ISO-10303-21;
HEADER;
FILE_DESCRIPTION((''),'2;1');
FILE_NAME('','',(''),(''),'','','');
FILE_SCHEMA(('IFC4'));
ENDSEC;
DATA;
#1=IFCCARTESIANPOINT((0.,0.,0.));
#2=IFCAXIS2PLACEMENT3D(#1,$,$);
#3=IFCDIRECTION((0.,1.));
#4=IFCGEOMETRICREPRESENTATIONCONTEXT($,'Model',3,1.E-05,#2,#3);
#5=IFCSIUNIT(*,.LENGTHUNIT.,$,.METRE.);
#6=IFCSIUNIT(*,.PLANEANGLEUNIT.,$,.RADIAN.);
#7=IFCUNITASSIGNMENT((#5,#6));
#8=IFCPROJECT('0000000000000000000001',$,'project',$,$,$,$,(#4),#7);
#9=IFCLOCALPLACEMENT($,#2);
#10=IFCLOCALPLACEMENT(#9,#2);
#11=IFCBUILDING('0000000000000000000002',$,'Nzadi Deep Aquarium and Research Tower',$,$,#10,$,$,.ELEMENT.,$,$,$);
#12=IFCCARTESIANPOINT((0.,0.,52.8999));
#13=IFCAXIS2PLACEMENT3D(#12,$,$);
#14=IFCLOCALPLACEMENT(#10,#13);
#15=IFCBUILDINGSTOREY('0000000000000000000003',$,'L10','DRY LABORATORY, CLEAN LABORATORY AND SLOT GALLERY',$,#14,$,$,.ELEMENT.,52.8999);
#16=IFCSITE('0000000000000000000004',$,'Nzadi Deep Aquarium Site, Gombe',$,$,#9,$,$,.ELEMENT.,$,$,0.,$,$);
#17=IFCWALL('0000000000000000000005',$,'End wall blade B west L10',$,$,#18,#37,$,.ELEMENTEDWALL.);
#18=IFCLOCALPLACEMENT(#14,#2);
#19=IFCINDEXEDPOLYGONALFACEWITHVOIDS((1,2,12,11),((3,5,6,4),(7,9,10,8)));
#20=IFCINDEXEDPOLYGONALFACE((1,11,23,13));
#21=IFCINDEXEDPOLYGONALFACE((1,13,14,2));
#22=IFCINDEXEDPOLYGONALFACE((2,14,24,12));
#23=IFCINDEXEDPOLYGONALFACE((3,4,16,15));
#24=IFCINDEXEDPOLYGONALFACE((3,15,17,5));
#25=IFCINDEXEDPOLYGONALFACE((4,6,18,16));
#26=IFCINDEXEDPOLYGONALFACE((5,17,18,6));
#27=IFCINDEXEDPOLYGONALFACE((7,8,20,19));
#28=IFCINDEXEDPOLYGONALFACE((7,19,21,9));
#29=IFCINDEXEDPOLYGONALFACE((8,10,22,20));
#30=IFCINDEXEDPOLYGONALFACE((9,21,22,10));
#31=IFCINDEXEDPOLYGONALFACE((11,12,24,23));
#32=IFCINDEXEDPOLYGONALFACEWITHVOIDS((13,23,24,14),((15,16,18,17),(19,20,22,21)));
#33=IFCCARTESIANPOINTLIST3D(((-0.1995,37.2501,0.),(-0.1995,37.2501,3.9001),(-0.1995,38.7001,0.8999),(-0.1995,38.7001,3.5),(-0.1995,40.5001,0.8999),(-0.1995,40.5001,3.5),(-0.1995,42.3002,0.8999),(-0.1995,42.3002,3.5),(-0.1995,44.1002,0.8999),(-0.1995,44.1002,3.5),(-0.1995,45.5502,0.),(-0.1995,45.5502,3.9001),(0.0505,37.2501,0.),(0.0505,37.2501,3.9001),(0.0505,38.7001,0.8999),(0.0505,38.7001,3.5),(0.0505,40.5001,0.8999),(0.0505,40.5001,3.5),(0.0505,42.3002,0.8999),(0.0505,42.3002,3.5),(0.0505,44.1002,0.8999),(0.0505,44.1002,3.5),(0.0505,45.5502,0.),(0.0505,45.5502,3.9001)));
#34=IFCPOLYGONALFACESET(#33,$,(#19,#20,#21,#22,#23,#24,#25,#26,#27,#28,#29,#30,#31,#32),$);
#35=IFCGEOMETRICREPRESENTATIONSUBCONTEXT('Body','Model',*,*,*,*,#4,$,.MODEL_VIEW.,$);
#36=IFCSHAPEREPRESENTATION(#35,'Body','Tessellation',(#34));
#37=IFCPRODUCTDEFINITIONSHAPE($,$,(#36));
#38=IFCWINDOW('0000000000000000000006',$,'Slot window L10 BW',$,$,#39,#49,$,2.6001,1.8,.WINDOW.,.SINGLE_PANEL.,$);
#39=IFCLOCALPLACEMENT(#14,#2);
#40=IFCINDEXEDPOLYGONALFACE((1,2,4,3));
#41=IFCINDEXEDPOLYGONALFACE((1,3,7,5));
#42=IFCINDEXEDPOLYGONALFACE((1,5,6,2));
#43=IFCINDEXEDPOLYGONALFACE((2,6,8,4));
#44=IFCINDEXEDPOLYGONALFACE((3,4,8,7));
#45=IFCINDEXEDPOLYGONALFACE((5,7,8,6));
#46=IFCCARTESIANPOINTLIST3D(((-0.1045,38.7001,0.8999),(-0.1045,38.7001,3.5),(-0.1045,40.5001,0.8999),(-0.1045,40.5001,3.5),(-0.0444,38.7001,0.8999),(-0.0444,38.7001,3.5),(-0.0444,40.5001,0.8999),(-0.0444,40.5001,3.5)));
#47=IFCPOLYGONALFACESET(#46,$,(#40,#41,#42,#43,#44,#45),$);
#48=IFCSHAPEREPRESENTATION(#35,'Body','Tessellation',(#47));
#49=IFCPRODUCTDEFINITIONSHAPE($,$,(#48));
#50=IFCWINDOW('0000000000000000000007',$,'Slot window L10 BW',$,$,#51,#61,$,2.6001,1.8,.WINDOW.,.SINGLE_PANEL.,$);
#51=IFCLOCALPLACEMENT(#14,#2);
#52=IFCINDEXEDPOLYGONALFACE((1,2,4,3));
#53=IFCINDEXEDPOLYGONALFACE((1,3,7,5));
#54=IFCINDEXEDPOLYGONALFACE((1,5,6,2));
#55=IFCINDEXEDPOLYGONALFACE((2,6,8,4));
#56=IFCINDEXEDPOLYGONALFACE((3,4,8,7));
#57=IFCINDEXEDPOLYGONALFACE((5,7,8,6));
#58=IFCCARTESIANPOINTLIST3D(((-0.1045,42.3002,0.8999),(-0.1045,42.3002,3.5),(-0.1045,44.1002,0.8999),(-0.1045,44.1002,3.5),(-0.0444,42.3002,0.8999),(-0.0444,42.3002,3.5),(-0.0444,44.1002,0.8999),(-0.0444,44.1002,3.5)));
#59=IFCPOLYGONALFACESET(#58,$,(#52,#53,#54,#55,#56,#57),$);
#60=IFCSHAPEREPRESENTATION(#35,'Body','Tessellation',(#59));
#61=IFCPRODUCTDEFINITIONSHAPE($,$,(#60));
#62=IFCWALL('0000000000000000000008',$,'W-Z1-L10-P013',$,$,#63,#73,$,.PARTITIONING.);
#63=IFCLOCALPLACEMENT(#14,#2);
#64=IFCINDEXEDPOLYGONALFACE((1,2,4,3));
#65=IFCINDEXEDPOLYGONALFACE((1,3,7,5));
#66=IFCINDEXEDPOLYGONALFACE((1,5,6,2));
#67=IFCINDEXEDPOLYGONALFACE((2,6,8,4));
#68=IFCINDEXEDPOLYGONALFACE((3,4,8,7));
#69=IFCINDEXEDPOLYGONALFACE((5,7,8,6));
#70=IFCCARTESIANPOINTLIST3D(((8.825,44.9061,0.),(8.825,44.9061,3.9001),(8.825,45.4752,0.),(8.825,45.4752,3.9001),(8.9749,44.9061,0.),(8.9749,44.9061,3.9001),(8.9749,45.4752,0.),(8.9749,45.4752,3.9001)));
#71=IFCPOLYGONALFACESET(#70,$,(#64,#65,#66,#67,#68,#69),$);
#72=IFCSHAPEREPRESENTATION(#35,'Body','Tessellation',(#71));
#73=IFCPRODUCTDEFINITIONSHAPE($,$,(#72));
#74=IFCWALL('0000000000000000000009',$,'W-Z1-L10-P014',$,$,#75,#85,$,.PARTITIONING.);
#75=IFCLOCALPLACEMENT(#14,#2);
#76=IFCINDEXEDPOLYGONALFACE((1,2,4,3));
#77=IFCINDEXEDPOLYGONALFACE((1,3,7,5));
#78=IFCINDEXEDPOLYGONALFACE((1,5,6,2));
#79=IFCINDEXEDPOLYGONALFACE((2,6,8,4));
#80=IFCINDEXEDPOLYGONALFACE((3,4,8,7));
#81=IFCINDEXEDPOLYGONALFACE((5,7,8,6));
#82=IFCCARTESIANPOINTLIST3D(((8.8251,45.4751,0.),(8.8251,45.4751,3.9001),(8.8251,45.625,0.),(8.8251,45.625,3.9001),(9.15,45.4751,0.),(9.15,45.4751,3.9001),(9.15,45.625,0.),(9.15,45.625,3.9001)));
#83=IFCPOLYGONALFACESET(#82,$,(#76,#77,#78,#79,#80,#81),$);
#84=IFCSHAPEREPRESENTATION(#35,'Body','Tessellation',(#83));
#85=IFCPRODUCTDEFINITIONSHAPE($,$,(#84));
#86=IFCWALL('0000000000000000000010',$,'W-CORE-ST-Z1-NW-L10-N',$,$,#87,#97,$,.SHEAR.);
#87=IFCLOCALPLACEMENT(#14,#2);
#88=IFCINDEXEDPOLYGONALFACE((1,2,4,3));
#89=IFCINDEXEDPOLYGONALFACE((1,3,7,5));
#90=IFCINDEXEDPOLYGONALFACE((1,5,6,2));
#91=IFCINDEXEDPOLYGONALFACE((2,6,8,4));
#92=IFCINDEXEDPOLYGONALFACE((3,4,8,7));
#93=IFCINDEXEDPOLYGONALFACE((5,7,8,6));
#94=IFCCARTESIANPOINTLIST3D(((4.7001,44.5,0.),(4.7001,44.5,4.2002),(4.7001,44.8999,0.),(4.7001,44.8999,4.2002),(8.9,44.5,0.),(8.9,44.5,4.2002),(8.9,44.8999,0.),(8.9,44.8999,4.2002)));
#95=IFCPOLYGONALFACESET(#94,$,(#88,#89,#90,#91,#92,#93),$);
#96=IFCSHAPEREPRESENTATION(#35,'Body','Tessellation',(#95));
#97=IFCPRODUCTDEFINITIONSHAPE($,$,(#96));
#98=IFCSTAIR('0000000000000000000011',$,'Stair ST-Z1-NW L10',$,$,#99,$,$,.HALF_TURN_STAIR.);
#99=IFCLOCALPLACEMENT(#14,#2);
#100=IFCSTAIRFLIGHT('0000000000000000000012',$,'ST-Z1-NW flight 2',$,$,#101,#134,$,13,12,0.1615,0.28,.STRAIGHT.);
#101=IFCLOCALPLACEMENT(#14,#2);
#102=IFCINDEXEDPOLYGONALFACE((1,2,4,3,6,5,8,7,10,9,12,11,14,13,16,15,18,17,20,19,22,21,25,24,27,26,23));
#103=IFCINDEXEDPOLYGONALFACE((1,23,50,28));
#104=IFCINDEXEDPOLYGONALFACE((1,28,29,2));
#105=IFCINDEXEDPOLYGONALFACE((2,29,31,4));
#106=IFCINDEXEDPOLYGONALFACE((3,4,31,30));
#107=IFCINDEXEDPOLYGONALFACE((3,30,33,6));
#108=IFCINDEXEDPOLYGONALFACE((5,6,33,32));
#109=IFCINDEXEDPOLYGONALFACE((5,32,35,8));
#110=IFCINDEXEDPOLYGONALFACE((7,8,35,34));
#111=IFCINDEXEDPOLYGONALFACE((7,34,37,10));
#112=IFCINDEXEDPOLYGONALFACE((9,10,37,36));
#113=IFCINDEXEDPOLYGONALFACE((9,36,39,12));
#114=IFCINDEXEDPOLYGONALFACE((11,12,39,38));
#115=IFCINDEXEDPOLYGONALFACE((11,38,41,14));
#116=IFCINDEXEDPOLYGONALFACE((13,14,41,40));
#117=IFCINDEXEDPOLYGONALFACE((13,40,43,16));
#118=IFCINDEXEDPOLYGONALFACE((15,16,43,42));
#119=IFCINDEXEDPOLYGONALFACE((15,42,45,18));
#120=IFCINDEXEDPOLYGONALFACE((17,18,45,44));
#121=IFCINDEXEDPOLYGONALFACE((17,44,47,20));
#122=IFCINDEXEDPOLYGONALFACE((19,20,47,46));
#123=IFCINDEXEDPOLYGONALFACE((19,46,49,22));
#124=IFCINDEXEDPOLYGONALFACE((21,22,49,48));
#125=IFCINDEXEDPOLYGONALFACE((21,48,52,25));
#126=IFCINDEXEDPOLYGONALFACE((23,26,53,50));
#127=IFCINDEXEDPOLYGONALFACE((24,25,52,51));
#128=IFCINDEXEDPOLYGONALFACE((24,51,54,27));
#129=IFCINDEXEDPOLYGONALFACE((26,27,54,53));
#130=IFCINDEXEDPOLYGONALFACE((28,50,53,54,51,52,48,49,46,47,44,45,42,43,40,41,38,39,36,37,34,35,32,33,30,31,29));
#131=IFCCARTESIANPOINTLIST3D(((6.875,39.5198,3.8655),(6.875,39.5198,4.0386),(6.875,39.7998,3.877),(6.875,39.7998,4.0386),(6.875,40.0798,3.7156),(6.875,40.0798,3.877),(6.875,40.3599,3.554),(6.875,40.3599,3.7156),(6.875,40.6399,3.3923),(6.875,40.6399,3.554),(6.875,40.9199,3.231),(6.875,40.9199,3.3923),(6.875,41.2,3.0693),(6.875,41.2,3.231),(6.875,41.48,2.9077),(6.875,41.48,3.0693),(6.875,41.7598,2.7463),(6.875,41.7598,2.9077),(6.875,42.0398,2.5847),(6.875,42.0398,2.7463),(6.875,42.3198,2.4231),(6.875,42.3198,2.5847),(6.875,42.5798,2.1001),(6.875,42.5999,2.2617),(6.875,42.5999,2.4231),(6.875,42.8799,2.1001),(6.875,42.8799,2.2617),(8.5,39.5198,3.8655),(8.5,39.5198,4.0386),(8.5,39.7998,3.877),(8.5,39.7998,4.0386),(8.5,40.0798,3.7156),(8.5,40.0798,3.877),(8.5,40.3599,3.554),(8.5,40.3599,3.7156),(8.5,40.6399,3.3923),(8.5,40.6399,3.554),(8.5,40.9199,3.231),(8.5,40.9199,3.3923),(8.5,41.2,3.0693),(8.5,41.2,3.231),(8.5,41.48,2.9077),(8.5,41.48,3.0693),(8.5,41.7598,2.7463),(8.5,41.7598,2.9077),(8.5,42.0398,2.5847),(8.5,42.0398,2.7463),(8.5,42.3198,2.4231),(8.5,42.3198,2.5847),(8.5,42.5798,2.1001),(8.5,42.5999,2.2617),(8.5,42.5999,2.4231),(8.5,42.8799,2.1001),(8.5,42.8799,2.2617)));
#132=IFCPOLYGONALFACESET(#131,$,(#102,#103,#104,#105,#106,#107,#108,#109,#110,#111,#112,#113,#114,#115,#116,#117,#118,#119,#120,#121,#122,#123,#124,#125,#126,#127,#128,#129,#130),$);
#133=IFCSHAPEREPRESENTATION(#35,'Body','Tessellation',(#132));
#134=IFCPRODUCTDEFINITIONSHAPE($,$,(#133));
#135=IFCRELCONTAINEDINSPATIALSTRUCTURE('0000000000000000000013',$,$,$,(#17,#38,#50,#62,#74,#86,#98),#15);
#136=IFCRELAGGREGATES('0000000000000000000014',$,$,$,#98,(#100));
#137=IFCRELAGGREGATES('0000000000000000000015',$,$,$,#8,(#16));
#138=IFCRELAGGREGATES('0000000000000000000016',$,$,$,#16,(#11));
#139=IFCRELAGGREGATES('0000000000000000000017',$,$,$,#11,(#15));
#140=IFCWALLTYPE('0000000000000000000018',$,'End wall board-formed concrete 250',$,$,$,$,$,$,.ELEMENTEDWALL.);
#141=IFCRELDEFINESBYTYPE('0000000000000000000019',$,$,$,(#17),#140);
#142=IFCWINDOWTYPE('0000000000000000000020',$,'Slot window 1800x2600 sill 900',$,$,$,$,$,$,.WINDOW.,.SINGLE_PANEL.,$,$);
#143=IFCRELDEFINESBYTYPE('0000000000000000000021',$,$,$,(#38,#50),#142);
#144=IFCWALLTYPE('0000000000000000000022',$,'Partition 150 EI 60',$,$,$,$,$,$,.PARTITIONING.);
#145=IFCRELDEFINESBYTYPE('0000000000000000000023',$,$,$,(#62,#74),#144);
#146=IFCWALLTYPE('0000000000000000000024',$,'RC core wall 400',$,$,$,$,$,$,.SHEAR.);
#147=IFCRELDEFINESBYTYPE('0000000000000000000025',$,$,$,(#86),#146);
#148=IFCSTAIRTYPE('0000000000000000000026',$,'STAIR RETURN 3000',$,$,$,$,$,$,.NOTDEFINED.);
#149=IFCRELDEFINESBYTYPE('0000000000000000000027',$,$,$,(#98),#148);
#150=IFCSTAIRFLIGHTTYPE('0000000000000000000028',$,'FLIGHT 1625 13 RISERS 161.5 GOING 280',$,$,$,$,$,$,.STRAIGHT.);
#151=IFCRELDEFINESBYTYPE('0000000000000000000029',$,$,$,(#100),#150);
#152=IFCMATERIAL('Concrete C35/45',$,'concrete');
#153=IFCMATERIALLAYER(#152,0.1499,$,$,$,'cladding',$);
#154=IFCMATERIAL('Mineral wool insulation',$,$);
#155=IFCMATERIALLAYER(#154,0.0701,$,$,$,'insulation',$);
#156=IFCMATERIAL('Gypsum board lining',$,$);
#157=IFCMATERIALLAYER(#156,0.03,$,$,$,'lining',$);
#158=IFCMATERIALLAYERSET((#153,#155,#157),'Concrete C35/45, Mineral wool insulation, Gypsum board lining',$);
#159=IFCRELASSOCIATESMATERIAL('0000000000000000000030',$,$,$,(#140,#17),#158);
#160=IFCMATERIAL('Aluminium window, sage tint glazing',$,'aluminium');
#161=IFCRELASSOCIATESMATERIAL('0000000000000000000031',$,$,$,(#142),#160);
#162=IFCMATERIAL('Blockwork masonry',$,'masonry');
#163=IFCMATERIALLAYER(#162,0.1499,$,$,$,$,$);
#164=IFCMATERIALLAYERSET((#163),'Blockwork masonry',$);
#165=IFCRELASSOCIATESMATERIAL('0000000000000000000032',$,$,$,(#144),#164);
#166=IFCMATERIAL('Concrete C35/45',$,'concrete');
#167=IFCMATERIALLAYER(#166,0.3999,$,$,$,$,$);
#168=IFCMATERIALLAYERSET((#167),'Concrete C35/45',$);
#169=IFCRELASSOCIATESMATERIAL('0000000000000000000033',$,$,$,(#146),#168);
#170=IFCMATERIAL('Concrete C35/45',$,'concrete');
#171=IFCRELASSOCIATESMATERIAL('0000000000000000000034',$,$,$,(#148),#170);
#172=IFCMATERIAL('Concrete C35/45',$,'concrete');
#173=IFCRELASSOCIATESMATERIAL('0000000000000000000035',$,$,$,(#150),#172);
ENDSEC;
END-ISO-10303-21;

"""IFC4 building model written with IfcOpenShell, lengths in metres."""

from ifc_helpers import new_model, si_unit, direction, frame, frame_2d, origin, place, context, subcontext, project, spatial, polyline, rectangle, outline, extrude, material, layer, layer_set, layer_usage, type_object, element, fill, aggregate, save


model = new_model("IFC4")

# Units and contexts
model_context = context("Model", 3, precision=1e-05, world=origin(), true_north=direction((0.0, 1.0)))
body_context = subcontext(model_context, "Body", "Model", "MODEL_VIEW")
ifc_project = project(units=[si_unit("LENGTHUNIT", "METRE"), si_unit("PLANEANGLEUNIT", "RADIAN")], contexts=[model_context])

# Site, building, storey
site_placement = place(None, origin())
site = spatial("IfcSite", under=ifc_project, at=site_placement, Name="Nzadi Deep Aquarium Site, Gombe", CompositionType="ELEMENT", RefElevation=0.0)
building_placement = place(site_placement, origin())
building = spatial("IfcBuilding", under=site, at=building_placement, Name="Nzadi Deep Aquarium and Research Tower", CompositionType="ELEMENT")
storey_placement = place(building_placement, frame((0.0, 0.0, 52.8999)))
storey = spatial("IfcBuildingStorey", under=building, at=storey_placement, Name="L10", Description="DRY LABORATORY, CLEAN LABORATORY AND SLOT GALLERY", CompositionType="ELEMENT", Elevation=52.8999)

# Wall, openings, windows
ifc_material_1 = material(Name="Concrete C35/45", Category="concrete")
ifc_layer_1 = layer(ifc_material_1, 0.1499, Category="cladding")
ifc_material_2 = material(Name="Mineral wool insulation")
ifc_layer_2 = layer(ifc_material_2, 0.0701, Category="insulation")
ifc_material_3 = material(Name="Gypsum board lining")
ifc_layer_3 = layer(ifc_material_3, 0.03, Category="lining")
ifc_layer_set_1 = layer_set([ifc_layer_1, ifc_layer_2, ifc_layer_3], Name="Concrete C35/45, Mineral wool insulation, Gypsum board lining")
ifc_layer_usage = layer_usage(ifc_layer_set_1, "AXIS2", "POSITIVE", -0.125)
wall_type_1 = type_object("IfcWallType", Name="End wall board-formed concrete 250", PredefinedType="ELEMENTEDWALL", material=ifc_layer_set_1)
wall_1_placement = place(storey_placement, frame((-0.0745, 45.55, 0.0), z_axis=(0.0, 0.0, 1.0), x_axis=(0.0, -1.0, 0.0)))
wall_1 = element("IfcWall", 1, at=wall_1_placement, inside=storey, type_object=wall_type_1, material=ifc_layer_usage, Name="End wall blade B west L10", PredefinedType="ELEMENTEDWALL", context=body_context, shape_type="SweptSolid", body=[
    extrude(rectangle(XDim=8.3, YDim=0.25, at=frame_2d((4.1499, 0.0))), origin(), (0.0, 0.0, 1.0), 3.9001),
])
opening_1_placement = place(wall_1_placement, frame((5.05, 0.0, 0.8999)))
opening_1 = element("IfcOpeningElement", 2, at=opening_1_placement, cuts=wall_1, PredefinedType="OPENING", context=body_context, shape_type="SweptSolid", body=[
    extrude(rectangle(XDim=1.8, YDim=2.6001, at=frame_2d((0.8999, 1.3))), frame((0.0, 0.135, 0.0), z_axis=(0.0, -1.0, 0.0), x_axis=(1.0, 0.0, 0.0)), (0.0, 0.0, 1.0), 0.27),
])
opening_2_placement = place(wall_1_placement, frame((1.45, 0.0, 0.8999)))
opening_2 = element("IfcOpeningElement", 3, at=opening_2_placement, cuts=wall_1, PredefinedType="OPENING", context=body_context, shape_type="SweptSolid", body=[
    extrude(rectangle(XDim=1.8, YDim=2.6001, at=frame_2d((0.8999, 1.3))), frame((0.0, 0.135, 0.0), z_axis=(0.0, -1.0, 0.0), x_axis=(1.0, 0.0, 0.0)), (0.0, 0.0, 1.0), 0.27),
])
ifc_material_4 = material(Name="Aluminium window, sage tint glazing", Category="aluminium")
window_type = type_object("IfcWindowType", Name="Slot window 1800x2600 sill 900", PartitioningType="SINGLE_PANEL", PredefinedType="WINDOW", material=ifc_material_4)
window_1_placement = place(opening_1_placement, origin())
window_1 = element("IfcWindow", 4, at=window_1_placement, inside=storey, type_object=window_type, Name="Slot window L10 BW", OverallHeight=2.6001, OverallWidth=1.8, PartitioningType="SINGLE_PANEL", PredefinedType="WINDOW", context=body_context, shape_type="SweptSolid", body=[
    extrude(rectangle(XDim=1.8, YDim=2.6001, at=frame_2d((0.8999, 1.3))), frame((0.0, 0.03, 0.0), z_axis=(0.0, -1.0, 0.0), x_axis=(1.0, 0.0, 0.0)), (0.0, 0.0, 1.0), 0.0601),
])
fill(opening_1, window_1)
window_2_placement = place(opening_2_placement, origin())
window_2 = element("IfcWindow", 5, at=window_2_placement, inside=storey, type_object=window_type, Name="Slot window L10 BW", OverallHeight=2.6001, OverallWidth=1.8, PartitioningType="SINGLE_PANEL", PredefinedType="WINDOW", context=body_context, shape_type="SweptSolid", body=[
    extrude(rectangle(XDim=1.8, YDim=2.6001, at=frame_2d((0.8999, 1.3))), frame((0.0, 0.03, 0.0), z_axis=(0.0, -1.0, 0.0), x_axis=(1.0, 0.0, 0.0)), (0.0, 0.0, 1.0), 0.0601),
])
fill(opening_2, window_2)

# Walls
ifc_material_5 = material(Name="Blockwork masonry", Category="masonry")
ifc_layer_4 = layer(ifc_material_5, 0.1499)
ifc_layer_set_2 = layer_set([ifc_layer_4], Name="Blockwork masonry")
wall_type_2 = type_object("IfcWallType", Name="Partition 150 EI 60", PredefinedType="PARTITIONING", material=ifc_layer_set_2)
wall_2_placement = place(storey_placement, frame((8.8999, 44.906, 0.0), z_axis=(0.0, 0.0, 1.0), x_axis=(0.0, 1.0, 0.0)))
element("IfcWall", 6, at=wall_2_placement, inside=storey, type_object=wall_type_2, Name="W-Z1-L10-P013", PredefinedType="PARTITIONING", context=body_context, shape_type="SweptSolid", body=[
    extrude(rectangle(XDim=0.5691, YDim=0.1499, at=frame_2d((0.2847, 0.0))), origin(), (0.0, 0.0, 1.0), 3.9001),
])
wall_3_placement = place(storey_placement, frame((8.825, 45.55, 0.0), z_axis=(0.0, 0.0, 1.0), x_axis=(1.0, 0.0, 0.0)))
element("IfcWall", 7, at=wall_3_placement, inside=storey, type_object=wall_type_2, Name="W-Z1-L10-P014", PredefinedType="PARTITIONING", context=body_context, shape_type="SweptSolid", body=[
    extrude(rectangle(XDim=0.325, YDim=0.1499, at=frame_2d((0.1626, 0.0))), origin(), (0.0, 0.0, 1.0), 3.9001),
])
ifc_material_6 = material(Name="Concrete C35/45", Category="concrete")
ifc_layer_5 = layer(ifc_material_6, 0.3999)
ifc_layer_set_3 = layer_set([ifc_layer_5], Name="Concrete C35/45")
wall_type_3 = type_object("IfcWallType", Name="RC core wall 400", PredefinedType="SHEAR", material=ifc_layer_set_3)
wall_4_placement = place(storey_placement, frame((4.7, 44.7, 0.0), z_axis=(0.0, 0.0, 1.0), x_axis=(1.0, 0.0, 0.0)))
element("IfcWall", 8, at=wall_4_placement, inside=storey, type_object=wall_type_3, Name="W-CORE-ST-Z1-NW-L10-N", PredefinedType="SHEAR", context=body_context, shape_type="SweptSolid", body=[
    extrude(rectangle(XDim=4.2, YDim=0.3999, at=frame_2d((2.1001, 0.0))), origin(), (0.0, 0.0, 1.0), 4.2002),
])

# Stair, stair flight
ifc_material_7 = material(Name="Concrete C35/45", Category="concrete")
stair_type = type_object("IfcStairType", Name="STAIR RETURN 3000", PredefinedType="NOTDEFINED", material=ifc_material_7)
stair_placement = place(storey_placement, origin())
stair = element("IfcStair", 9, at=stair_placement, inside=storey, type_object=stair_type, Name="Stair ST-Z1-NW L10", PredefinedType="HALF_TURN_STAIR")
ifc_material_8 = material(Name="Concrete C35/45", Category="concrete")
stair_flight_type = type_object("IfcStairFlightType", Name="FLIGHT 1625 13 RISERS 161.5 GOING 280", PredefinedType="STRAIGHT", material=ifc_material_8)
stair_flight_placement = place(storey_placement, frame((7.6875, 42.8799, 2.1001), z_axis=(0.0, 0.0, 1.0), x_axis=(0.0, -1.0, 0.0)))
stair_flight = element("IfcStairFlight", 10, at=stair_flight_placement, type_object=stair_flight_type, Name="ST-Z1-NW flight 2", NumberOfRisers=13, NumberOfTreads=12, PredefinedType="STRAIGHT", RiserHeight=0.1615, TreadLength=0.28, context=body_context, shape_type="SweptSolid", body=[
    extrude(outline(polyline([(0.0, 0.0), (0.0, 0.1616), (0.28, 0.1616), (0.28, 0.323), (0.5601, 0.323), (0.5601, 0.4846), (0.8401, 0.4846), (0.8401, 0.6462), (1.1201, 0.6462), (1.1201, 0.8076), (1.3999, 0.8076), (1.3999, 0.9692), (1.6799, 0.9692), (1.6799, 1.1309), (1.96, 1.1309), (1.96, 1.2922), (2.24, 1.2922), (2.24, 1.4539), (2.52, 1.4539), (2.52, 1.6155), (2.8, 1.6155), (2.8, 1.7769), (3.0801, 1.7769), (3.0801, 1.9385), (3.3601, 1.9385), (3.3601, 2.1001), (3.3601, 1.7654), (0.3, 0.0), (0.0, 0.0)])), frame((0.0, 0.8125, 0.0), z_axis=(0.0, -1.0, 0.0), x_axis=(1.0, 0.0, 0.0)), (0.0, 0.0, 1.0), 1.625),
])
aggregate(stair, [stair_flight])

save(model, "model.ifc")
